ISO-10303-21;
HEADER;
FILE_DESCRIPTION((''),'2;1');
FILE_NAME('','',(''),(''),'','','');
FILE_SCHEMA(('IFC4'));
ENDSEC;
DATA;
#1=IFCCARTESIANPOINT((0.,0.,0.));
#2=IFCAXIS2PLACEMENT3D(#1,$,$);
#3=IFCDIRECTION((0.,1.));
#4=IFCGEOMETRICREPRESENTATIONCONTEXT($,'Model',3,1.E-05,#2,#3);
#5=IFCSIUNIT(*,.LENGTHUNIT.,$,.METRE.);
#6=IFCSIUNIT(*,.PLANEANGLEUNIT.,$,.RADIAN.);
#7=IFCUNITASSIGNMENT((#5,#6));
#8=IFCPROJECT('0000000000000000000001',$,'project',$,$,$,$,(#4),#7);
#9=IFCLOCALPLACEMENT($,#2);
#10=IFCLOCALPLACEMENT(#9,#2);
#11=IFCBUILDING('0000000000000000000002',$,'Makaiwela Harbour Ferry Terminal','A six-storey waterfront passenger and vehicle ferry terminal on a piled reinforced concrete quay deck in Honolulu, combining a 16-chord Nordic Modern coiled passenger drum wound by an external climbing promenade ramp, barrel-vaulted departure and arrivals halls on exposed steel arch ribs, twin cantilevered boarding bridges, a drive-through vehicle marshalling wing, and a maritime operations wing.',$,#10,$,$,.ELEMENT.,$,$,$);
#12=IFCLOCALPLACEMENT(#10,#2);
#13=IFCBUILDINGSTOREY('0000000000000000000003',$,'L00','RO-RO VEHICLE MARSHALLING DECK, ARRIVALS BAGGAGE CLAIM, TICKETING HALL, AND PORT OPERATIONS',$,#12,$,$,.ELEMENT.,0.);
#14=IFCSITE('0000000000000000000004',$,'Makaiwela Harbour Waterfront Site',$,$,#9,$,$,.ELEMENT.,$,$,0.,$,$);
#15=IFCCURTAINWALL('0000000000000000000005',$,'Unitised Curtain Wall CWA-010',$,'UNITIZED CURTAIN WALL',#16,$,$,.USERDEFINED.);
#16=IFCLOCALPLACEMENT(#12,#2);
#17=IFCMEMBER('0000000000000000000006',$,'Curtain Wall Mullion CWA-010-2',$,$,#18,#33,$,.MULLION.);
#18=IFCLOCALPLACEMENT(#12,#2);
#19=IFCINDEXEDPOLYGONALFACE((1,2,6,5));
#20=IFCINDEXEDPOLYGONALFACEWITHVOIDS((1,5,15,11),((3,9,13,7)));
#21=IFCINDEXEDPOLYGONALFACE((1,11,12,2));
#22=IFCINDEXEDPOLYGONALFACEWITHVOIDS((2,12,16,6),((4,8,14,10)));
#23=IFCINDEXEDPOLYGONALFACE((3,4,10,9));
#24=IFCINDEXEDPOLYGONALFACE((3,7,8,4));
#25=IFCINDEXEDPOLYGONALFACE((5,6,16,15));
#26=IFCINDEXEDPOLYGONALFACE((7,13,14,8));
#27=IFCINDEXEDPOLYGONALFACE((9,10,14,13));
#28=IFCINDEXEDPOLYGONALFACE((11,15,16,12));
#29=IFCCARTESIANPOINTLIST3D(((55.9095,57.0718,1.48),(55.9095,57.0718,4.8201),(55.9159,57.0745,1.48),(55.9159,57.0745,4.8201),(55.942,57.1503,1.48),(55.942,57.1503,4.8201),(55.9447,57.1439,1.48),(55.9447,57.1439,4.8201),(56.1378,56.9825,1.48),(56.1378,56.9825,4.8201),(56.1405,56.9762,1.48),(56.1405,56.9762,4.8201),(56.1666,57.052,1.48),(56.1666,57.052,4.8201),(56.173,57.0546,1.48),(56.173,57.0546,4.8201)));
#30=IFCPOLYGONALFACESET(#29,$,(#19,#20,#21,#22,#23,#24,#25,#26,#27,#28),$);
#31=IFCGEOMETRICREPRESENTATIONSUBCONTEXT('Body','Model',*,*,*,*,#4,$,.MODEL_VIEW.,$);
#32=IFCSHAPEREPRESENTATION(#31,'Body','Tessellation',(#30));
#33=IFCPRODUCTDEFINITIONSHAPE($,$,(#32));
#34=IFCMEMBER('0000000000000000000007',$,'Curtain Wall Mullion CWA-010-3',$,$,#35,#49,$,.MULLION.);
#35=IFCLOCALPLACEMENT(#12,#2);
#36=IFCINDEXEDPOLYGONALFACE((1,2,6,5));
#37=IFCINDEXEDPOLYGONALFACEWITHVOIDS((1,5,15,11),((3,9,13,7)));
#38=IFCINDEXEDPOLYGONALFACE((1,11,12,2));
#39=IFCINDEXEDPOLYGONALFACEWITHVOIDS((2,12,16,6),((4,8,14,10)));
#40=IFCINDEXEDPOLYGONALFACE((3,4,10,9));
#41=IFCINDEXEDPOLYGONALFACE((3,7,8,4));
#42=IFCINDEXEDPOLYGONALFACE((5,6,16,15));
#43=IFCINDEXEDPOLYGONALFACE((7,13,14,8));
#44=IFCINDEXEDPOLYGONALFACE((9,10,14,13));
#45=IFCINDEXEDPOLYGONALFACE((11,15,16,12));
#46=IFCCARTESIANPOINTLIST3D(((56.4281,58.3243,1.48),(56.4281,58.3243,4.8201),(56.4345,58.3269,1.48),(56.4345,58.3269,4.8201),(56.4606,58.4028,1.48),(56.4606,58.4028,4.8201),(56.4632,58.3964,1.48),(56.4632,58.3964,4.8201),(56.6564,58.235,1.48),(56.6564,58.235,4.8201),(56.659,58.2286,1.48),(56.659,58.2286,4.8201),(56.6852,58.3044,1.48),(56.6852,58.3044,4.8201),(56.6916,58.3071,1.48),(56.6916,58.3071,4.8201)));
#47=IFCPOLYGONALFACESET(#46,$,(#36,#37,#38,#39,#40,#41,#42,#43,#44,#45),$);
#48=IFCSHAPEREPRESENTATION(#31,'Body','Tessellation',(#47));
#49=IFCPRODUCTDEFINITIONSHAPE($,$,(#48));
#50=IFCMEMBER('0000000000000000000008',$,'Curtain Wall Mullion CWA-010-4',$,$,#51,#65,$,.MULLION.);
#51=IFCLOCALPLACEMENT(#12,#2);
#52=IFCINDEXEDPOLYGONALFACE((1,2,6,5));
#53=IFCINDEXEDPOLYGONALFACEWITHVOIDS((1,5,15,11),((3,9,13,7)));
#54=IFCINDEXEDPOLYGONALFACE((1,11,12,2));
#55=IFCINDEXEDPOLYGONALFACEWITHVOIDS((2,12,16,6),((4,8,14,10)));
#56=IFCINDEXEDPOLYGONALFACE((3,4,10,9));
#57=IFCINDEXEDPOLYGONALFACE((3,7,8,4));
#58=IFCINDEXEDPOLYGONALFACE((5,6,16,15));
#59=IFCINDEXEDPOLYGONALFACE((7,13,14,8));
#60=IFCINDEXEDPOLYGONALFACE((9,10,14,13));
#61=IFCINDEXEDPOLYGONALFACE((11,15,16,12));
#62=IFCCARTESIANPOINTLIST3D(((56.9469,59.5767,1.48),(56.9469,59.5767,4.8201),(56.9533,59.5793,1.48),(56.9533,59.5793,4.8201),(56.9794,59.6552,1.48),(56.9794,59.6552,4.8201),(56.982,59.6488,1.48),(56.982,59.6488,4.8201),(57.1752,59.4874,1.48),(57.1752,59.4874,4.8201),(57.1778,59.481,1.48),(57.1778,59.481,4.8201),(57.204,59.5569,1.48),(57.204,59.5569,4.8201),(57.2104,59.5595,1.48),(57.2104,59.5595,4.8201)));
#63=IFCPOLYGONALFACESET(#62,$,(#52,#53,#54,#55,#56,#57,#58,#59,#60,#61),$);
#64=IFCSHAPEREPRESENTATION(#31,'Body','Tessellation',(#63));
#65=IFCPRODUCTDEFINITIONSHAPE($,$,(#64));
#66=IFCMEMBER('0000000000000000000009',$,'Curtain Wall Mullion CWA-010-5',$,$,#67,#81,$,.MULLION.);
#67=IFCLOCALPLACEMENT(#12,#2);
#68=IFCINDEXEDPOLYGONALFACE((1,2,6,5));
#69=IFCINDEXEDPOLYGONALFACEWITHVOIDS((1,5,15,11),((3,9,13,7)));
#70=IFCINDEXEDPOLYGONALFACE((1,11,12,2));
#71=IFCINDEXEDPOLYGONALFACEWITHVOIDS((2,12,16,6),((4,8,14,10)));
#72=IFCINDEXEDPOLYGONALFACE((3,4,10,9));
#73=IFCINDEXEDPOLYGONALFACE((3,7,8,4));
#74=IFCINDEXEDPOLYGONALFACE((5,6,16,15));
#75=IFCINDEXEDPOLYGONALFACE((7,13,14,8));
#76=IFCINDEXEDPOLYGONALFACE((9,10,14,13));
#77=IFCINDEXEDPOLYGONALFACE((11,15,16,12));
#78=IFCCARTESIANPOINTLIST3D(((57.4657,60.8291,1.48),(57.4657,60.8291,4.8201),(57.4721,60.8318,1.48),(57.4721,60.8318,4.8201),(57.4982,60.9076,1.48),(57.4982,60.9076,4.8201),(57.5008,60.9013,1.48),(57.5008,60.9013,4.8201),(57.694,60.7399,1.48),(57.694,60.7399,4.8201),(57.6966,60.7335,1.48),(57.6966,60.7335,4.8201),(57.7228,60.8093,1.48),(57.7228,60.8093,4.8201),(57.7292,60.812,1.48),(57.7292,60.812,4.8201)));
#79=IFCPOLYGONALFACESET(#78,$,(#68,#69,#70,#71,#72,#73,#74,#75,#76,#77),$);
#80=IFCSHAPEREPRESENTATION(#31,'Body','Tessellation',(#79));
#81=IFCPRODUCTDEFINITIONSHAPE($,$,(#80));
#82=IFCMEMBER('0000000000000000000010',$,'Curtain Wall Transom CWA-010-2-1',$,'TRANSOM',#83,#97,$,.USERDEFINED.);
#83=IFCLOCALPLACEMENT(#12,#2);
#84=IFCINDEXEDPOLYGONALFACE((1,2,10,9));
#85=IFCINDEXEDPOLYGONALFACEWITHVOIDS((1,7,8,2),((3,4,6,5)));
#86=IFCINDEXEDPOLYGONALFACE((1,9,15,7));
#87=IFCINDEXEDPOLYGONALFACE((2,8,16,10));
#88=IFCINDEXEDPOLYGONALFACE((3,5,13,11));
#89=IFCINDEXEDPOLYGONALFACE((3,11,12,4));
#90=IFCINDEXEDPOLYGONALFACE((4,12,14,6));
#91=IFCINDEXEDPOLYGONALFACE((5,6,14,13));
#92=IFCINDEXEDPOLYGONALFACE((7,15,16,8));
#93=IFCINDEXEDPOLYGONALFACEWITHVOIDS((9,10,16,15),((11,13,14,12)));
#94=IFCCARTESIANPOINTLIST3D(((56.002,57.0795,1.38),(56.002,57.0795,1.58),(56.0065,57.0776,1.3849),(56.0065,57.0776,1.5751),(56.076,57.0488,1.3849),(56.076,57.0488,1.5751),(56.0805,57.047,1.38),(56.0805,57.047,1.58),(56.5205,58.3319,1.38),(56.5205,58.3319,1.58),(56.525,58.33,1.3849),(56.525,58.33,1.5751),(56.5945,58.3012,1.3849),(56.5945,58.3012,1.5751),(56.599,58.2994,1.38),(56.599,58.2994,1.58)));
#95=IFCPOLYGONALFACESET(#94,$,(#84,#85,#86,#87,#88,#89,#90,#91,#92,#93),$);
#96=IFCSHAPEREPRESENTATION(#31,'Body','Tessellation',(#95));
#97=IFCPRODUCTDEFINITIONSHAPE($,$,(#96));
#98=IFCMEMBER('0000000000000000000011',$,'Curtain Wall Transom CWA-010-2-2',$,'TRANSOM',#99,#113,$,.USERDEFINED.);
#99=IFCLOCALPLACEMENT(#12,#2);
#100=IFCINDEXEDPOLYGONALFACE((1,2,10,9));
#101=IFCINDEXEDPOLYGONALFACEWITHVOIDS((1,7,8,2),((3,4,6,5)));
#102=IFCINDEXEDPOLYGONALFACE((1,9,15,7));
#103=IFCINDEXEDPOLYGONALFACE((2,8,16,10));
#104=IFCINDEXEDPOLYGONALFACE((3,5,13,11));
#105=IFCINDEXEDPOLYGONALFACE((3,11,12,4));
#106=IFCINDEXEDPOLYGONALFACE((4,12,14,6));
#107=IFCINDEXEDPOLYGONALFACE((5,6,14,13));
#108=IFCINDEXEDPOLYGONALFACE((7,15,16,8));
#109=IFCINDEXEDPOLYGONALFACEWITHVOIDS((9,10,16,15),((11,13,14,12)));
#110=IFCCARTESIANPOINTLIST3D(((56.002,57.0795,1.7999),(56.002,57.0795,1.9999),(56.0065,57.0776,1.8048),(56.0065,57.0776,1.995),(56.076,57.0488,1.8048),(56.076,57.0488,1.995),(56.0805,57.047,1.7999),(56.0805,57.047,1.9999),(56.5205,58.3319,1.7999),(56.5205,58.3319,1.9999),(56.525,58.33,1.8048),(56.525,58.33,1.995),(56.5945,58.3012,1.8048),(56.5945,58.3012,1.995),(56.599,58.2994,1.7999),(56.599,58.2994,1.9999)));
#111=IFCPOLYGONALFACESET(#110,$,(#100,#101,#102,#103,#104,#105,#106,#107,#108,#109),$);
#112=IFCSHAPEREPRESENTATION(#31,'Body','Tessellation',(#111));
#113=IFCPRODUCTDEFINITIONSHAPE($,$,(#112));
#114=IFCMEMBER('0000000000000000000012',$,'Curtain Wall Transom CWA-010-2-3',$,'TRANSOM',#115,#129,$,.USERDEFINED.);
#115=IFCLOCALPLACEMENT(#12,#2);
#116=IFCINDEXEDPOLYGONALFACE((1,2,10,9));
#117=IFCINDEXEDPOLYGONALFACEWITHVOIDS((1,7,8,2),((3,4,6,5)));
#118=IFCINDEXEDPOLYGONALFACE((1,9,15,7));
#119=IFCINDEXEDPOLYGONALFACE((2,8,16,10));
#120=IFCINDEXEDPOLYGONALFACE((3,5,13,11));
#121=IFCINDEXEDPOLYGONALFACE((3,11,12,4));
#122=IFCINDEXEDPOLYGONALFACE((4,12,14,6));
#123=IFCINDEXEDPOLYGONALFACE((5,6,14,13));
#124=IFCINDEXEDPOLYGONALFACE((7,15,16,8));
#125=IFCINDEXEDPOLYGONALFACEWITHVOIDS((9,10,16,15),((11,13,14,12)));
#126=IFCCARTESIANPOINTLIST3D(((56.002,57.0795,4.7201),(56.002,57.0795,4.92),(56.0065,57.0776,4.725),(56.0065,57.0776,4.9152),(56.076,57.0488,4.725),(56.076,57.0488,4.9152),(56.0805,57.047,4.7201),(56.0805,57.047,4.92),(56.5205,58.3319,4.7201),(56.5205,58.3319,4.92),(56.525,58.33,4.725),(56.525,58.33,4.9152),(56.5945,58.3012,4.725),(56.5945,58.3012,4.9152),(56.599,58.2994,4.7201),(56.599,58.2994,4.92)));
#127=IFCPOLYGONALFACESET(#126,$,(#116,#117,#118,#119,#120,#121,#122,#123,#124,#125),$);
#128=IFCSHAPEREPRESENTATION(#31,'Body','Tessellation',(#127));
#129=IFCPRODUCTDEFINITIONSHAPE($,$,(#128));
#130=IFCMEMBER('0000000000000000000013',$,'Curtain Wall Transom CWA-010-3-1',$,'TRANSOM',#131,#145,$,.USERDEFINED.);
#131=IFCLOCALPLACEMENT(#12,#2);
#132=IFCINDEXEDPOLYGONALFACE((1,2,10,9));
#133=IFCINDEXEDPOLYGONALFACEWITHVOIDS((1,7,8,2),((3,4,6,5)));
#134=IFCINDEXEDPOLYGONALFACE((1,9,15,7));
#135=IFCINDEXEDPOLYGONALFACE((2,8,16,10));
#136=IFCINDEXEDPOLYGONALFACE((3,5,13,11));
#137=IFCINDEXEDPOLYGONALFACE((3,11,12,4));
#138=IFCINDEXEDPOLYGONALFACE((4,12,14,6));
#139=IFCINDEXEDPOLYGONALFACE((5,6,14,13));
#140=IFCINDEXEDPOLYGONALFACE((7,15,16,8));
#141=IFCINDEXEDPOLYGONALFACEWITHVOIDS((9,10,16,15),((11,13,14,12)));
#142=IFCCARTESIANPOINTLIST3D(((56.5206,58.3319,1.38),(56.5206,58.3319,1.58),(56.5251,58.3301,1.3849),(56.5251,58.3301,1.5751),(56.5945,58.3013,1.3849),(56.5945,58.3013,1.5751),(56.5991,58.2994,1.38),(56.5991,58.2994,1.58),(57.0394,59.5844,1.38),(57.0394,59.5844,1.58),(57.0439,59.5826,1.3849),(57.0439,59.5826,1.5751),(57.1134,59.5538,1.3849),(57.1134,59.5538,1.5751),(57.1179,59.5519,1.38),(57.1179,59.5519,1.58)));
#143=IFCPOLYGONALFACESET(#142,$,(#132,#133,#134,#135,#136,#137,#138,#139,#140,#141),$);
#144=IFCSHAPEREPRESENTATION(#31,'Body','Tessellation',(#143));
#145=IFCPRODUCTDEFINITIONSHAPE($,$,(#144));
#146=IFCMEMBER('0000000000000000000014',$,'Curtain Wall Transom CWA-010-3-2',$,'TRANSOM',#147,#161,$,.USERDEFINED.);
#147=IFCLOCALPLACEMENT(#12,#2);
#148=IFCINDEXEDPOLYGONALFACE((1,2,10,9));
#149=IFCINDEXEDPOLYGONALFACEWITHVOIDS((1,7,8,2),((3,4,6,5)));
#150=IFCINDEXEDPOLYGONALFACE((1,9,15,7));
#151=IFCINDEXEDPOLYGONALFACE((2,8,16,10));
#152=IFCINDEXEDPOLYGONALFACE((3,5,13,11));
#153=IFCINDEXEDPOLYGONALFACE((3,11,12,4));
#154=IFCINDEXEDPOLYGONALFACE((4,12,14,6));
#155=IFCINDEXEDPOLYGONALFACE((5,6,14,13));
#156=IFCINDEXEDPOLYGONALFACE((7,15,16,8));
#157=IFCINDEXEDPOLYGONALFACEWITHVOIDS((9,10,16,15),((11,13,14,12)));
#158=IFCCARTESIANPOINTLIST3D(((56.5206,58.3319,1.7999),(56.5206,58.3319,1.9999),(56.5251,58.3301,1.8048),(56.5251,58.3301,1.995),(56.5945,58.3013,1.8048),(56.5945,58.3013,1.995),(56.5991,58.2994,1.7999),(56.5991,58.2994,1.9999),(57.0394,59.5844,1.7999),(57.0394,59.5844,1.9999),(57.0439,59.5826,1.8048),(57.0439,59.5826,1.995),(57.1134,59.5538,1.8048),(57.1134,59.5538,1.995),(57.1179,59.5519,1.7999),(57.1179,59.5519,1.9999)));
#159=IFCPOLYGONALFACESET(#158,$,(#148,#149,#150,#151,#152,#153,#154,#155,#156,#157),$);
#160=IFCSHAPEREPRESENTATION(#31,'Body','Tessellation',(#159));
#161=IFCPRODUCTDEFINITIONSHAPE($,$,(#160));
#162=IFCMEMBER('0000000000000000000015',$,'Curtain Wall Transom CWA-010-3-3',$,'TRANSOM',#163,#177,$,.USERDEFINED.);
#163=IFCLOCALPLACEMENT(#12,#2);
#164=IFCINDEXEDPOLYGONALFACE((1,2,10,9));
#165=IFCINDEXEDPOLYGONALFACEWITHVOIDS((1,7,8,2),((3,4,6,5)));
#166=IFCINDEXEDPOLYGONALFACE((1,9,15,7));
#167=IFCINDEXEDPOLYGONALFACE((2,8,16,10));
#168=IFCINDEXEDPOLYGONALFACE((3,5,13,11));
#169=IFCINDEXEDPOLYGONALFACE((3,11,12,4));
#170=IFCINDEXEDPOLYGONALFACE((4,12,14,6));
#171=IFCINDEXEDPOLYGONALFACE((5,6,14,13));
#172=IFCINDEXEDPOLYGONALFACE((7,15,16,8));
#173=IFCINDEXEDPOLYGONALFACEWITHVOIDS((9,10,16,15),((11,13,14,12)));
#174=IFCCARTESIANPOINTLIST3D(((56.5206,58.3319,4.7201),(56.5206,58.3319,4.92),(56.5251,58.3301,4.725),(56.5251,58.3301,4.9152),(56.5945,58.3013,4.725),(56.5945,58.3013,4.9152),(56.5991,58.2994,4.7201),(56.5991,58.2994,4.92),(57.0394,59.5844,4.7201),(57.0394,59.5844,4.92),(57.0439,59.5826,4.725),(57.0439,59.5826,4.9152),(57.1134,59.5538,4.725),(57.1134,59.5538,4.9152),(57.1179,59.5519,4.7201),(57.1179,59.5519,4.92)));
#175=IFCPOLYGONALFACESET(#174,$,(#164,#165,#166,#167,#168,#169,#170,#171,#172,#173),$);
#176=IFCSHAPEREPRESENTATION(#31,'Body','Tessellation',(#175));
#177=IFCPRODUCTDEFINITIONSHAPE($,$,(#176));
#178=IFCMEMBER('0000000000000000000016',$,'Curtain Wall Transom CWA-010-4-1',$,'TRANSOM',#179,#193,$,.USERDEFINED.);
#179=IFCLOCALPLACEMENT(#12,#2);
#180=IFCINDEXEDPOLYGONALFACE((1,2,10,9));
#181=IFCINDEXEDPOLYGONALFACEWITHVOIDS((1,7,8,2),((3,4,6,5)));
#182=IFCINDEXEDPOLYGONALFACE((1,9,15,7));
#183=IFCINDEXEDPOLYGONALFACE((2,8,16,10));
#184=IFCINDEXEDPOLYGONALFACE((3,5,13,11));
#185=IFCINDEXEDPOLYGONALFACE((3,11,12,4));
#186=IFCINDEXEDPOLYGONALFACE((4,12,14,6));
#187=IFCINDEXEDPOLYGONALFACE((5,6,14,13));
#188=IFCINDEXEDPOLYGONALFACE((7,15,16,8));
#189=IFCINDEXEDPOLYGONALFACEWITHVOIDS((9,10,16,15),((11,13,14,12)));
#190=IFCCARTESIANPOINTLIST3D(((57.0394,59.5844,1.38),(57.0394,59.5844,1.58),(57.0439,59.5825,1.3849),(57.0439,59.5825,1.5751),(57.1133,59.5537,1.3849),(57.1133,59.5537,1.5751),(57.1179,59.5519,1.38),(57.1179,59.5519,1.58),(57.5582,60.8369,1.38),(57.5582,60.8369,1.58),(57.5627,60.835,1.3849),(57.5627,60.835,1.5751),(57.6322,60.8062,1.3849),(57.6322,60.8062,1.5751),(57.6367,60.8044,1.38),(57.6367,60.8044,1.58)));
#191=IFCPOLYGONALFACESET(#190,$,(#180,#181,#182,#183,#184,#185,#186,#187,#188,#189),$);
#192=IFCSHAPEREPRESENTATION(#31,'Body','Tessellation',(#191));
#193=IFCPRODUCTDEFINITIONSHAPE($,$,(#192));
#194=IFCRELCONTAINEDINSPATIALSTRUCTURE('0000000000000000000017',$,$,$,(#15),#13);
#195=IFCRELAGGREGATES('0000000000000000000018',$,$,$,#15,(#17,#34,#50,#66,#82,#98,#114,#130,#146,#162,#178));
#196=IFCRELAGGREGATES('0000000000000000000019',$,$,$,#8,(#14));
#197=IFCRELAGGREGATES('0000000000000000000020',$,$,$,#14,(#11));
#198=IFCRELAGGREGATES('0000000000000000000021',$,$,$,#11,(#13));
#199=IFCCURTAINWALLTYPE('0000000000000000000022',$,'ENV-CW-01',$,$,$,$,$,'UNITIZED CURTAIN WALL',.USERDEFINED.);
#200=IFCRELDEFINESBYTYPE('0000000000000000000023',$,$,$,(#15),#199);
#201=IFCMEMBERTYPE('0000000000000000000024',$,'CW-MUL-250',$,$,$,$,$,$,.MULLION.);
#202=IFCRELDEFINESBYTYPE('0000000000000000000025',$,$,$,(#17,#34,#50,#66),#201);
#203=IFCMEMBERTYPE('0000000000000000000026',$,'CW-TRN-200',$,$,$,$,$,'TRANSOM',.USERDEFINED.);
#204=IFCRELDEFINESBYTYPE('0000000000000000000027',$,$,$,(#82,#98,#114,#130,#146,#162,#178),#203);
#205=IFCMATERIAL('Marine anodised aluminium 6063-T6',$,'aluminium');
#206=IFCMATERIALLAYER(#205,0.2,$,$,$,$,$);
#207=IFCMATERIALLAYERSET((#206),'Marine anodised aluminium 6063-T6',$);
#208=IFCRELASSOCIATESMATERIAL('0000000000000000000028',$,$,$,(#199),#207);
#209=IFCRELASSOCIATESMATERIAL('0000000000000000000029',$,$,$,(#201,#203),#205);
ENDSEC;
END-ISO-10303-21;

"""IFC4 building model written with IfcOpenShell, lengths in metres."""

from ifc_helpers import new_model, si_unit, direction, frame, origin, origin_2d, place, context, subcontext, project, spatial, hollow_rectangle, extrude, material, layer, layer_set, material_profile, profile_set, type_object, element, aggregate, save


model = new_model("IFC4")

# Units and contexts
model_context = context("Model", 3, precision=1e-05, world=origin(), true_north=direction((0.0, 1.0)))
body_context = subcontext(model_context, "Body", "Model", "MODEL_VIEW")
ifc_project = project(units=[si_unit("LENGTHUNIT", "METRE"), si_unit("PLANEANGLEUNIT", "RADIAN")], contexts=[model_context])

# Site, building, storey
site_placement = place(None, origin())
site = spatial("IfcSite", under=ifc_project, at=site_placement, Name="Makaiwela Harbour Waterfront Site", CompositionType="ELEMENT", RefElevation=0.0)
building_placement = place(site_placement, origin())
building = spatial("IfcBuilding", under=site, at=building_placement, Name="Makaiwela Harbour Ferry Terminal", Description="A six-storey waterfront passenger and vehicle ferry terminal on a piled reinforced concrete quay deck in Honolulu, combining a 16-chord Nordic Modern coiled passenger drum wound by an external climbing promenade ramp, barrel-vaulted departure and arrivals halls on exposed steel arch ribs, twin cantilevered boarding bridges, a drive-through vehicle marshalling wing, and a maritime operations wing.", CompositionType="ELEMENT")
storey_placement = place(building_placement, origin())
storey = spatial("IfcBuildingStorey", under=building, at=storey_placement, Name="L00", Description="RO-RO VEHICLE MARSHALLING DECK, ARRIVALS BAGGAGE CLAIM, TICKETING HALL, AND PORT OPERATIONS", CompositionType="ELEMENT", Elevation=0.0)

# Curtain wall, members
ifc_material_1 = material(Name="Marine anodised aluminium 6063-T6", Category="aluminium")
ifc_layer_1 = layer(ifc_material_1, 0.2)
ifc_layer_set_1 = layer_set([ifc_layer_1], Name="Marine anodised aluminium 6063-T6")
curtain_wall_type = type_object("IfcCurtainWallType", Name="ENV-CW-01", ElementType="UNITIZED CURTAIN WALL", PredefinedType="USERDEFINED", material=ifc_layer_set_1)
curtain_wall_placement = place(storey_placement, origin())
curtain_wall = element("IfcCurtainWall", 1, at=curtain_wall_placement, inside=storey, type_object=curtain_wall_type, Name="Unitised Curtain Wall CWA-010", ObjectType="UNITIZED CURTAIN WALL", PredefinedType="USERDEFINED")
ifc_material_profile_1 = material_profile(ifc_material_1, hollow_rectangle(XDim=0.085, YDim=0.25, WallThickness=0.0049, at=origin_2d()), Name="CWM-250X85")
ifc_profile_set_1 = profile_set([ifc_material_profile_1], Name="Marine anodised aluminium 6063-T6")
member_type_1 = type_object("IfcMemberType", Name="CW-MUL-250", PredefinedType="MULLION", material=ifc_profile_set_1)
member_1_placement = place(storey_placement, frame((56.0413, 57.0632, 1.48), z_axis=(0.0, 0.0, 1.0), x_axis=(0.382683, 0.92388, 0.0)))
member_1 = element("IfcMember", 2, at=member_1_placement, type_object=member_type_1, Name="Curtain Wall Mullion CWA-010-2", PredefinedType="MULLION", context=body_context, shape_type="SweptSolid", body=[
    extrude(hollow_rectangle(XDim=0.085, YDim=0.25, WallThickness=0.0049, at=origin_2d()), origin(), (0.0, 0.0, 1.0), 3.3401),
])
member_2_placement = place(storey_placement, frame((56.5598, 58.3157, 1.48), z_axis=(0.0, 0.0, 1.0), x_axis=(0.382683, 0.92388, 0.0)))
member_2 = element("IfcMember", 3, at=member_2_placement, type_object=member_type_1, Name="Curtain Wall Mullion CWA-010-3", PredefinedType="MULLION", context=body_context, shape_type="SweptSolid", body=[
    extrude(hollow_rectangle(XDim=0.085, YDim=0.25, WallThickness=0.0049, at=origin_2d()), origin(), (0.0, 0.0, 1.0), 3.3401),
])
member_3_placement = place(storey_placement, frame((57.0786, 59.5681, 1.48), z_axis=(0.0, 0.0, 1.0), x_axis=(0.382683, 0.92388, 0.0)))
member_3 = element("IfcMember", 4, at=member_3_placement, type_object=member_type_1, Name="Curtain Wall Mullion CWA-010-4", PredefinedType="MULLION", context=body_context, shape_type="SweptSolid", body=[
    extrude(hollow_rectangle(XDim=0.085, YDim=0.25, WallThickness=0.0049, at=origin_2d()), origin(), (0.0, 0.0, 1.0), 3.3401),
])
member_4_placement = place(storey_placement, frame((57.5974, 60.8206, 1.48), z_axis=(0.0, 0.0, 1.0), x_axis=(0.382683, 0.92388, 0.0)))
member_4 = element("IfcMember", 5, at=member_4_placement, type_object=member_type_1, Name="Curtain Wall Mullion CWA-010-5", PredefinedType="MULLION", context=body_context, shape_type="SweptSolid", body=[
    extrude(hollow_rectangle(XDim=0.085, YDim=0.25, WallThickness=0.0049, at=origin_2d()), origin(), (0.0, 0.0, 1.0), 3.3401),
])
ifc_material_profile_2 = material_profile(ifc_material_1, hollow_rectangle(XDim=0.085, YDim=0.2, WallThickness=0.0049, at=origin_2d()), Name="CWT-200X85")
ifc_profile_set_2 = profile_set([ifc_material_profile_2], Name="Marine anodised aluminium 6063-T6")
member_type_2 = type_object("IfcMemberType", Name="CW-TRN-200", ElementType="TRANSOM", PredefinedType="USERDEFINED", material=ifc_profile_set_2)
member_5_placement = place(storey_placement, frame((56.0413, 57.0632, 1.48), z_axis=(0.382543, 0.923938, 0.0), x_axis=(-0.923938, 0.382543, 0.0)))
member_5 = element("IfcMember", 6, at=member_5_placement, type_object=member_type_2, Name="Curtain Wall Transom CWA-010-2-1", ObjectType="TRANSOM", PredefinedType="USERDEFINED", context=body_context, shape_type="SweptSolid", body=[
    extrude(hollow_rectangle(XDim=0.085, YDim=0.2, WallThickness=0.0049, at=origin_2d()), origin(), (0.0, 0.0, 1.0), 1.3555),
])
member_6_placement = place(storey_placement, frame((56.0413, 57.0632, 1.8999), z_axis=(0.382543, 0.923938, 0.0), x_axis=(-0.923938, 0.382543, 0.0)))
member_6 = element("IfcMember", 7, at=member_6_placement, type_object=member_type_2, Name="Curtain Wall Transom CWA-010-2-2", ObjectType="TRANSOM", PredefinedType="USERDEFINED", context=body_context, shape_type="SweptSolid", body=[
    extrude(hollow_rectangle(XDim=0.085, YDim=0.2, WallThickness=0.0049, at=origin_2d()), origin(), (0.0, 0.0, 1.0), 1.3555),
])
member_7_placement = place(storey_placement, frame((56.0413, 57.0632, 4.8201), z_axis=(0.382543, 0.923938, 0.0), x_axis=(-0.923938, 0.382543, 0.0)))
member_7 = element("IfcMember", 8, at=member_7_placement, type_object=member_type_2, Name="Curtain Wall Transom CWA-010-2-3", ObjectType="TRANSOM", PredefinedType="USERDEFINED", context=body_context, shape_type="SweptSolid", body=[
    extrude(hollow_rectangle(XDim=0.085, YDim=0.2, WallThickness=0.0049, at=origin_2d()), origin(), (0.0, 0.0, 1.0), 1.3555),
])
member_8_placement = place(storey_placement, frame((56.5598, 58.3157, 1.48), z_axis=(0.382696, 0.923874, 0.0), x_axis=(-0.923874, 0.382696, 0.0)))
member_8 = element("IfcMember", 9, at=member_8_placement, type_object=member_type_2, Name="Curtain Wall Transom CWA-010-3-1", ObjectType="TRANSOM", PredefinedType="USERDEFINED", context=body_context, shape_type="SweptSolid", body=[
    extrude(hollow_rectangle(XDim=0.085, YDim=0.2, WallThickness=0.0049, at=origin_2d()), origin(), (0.0, 0.0, 1.0), 1.3557),
])
member_9_placement = place(storey_placement, frame((56.5598, 58.3157, 1.8999), z_axis=(0.382696, 0.923874, 0.0), x_axis=(-0.923874, 0.382696, 0.0)))
member_9 = element("IfcMember", 10, at=member_9_placement, type_object=member_type_2, Name="Curtain Wall Transom CWA-010-3-2", ObjectType="TRANSOM", PredefinedType="USERDEFINED", context=body_context, shape_type="SweptSolid", body=[
    extrude(hollow_rectangle(XDim=0.085, YDim=0.2, WallThickness=0.0049, at=origin_2d()), origin(), (0.0, 0.0, 1.0), 1.3557),
])
member_10_placement = place(storey_placement, frame((56.5598, 58.3157, 4.8201), z_axis=(0.382696, 0.923874, 0.0), x_axis=(-0.923874, 0.382696, 0.0)))
member_10 = element("IfcMember", 11, at=member_10_placement, type_object=member_type_2, Name="Curtain Wall Transom CWA-010-3-3", ObjectType="TRANSOM", PredefinedType="USERDEFINED", context=body_context, shape_type="SweptSolid", body=[
    extrude(hollow_rectangle(XDim=0.085, YDim=0.2, WallThickness=0.0049, at=origin_2d()), origin(), (0.0, 0.0, 1.0), 1.3557),
])
member_11_placement = place(storey_placement, frame((57.0786, 59.5681, 1.48), z_axis=(0.382696, 0.923874, 0.0), x_axis=(-0.923874, 0.382696, 0.0)))
member_11 = element("IfcMember", 12, at=member_11_placement, type_object=member_type_2, Name="Curtain Wall Transom CWA-010-4-1", ObjectType="TRANSOM", PredefinedType="USERDEFINED", context=body_context, shape_type="SweptSolid", body=[
    extrude(hollow_rectangle(XDim=0.085, YDim=0.2, WallThickness=0.0049, at=origin_2d()), origin(), (0.0, 0.0, 1.0), 1.3557),
])
aggregate(curtain_wall, [member_1, member_2, member_3, member_4, member_5, member_6, member_7, member_8, member_9, member_10, member_11])

save(model, "model.ifc")
